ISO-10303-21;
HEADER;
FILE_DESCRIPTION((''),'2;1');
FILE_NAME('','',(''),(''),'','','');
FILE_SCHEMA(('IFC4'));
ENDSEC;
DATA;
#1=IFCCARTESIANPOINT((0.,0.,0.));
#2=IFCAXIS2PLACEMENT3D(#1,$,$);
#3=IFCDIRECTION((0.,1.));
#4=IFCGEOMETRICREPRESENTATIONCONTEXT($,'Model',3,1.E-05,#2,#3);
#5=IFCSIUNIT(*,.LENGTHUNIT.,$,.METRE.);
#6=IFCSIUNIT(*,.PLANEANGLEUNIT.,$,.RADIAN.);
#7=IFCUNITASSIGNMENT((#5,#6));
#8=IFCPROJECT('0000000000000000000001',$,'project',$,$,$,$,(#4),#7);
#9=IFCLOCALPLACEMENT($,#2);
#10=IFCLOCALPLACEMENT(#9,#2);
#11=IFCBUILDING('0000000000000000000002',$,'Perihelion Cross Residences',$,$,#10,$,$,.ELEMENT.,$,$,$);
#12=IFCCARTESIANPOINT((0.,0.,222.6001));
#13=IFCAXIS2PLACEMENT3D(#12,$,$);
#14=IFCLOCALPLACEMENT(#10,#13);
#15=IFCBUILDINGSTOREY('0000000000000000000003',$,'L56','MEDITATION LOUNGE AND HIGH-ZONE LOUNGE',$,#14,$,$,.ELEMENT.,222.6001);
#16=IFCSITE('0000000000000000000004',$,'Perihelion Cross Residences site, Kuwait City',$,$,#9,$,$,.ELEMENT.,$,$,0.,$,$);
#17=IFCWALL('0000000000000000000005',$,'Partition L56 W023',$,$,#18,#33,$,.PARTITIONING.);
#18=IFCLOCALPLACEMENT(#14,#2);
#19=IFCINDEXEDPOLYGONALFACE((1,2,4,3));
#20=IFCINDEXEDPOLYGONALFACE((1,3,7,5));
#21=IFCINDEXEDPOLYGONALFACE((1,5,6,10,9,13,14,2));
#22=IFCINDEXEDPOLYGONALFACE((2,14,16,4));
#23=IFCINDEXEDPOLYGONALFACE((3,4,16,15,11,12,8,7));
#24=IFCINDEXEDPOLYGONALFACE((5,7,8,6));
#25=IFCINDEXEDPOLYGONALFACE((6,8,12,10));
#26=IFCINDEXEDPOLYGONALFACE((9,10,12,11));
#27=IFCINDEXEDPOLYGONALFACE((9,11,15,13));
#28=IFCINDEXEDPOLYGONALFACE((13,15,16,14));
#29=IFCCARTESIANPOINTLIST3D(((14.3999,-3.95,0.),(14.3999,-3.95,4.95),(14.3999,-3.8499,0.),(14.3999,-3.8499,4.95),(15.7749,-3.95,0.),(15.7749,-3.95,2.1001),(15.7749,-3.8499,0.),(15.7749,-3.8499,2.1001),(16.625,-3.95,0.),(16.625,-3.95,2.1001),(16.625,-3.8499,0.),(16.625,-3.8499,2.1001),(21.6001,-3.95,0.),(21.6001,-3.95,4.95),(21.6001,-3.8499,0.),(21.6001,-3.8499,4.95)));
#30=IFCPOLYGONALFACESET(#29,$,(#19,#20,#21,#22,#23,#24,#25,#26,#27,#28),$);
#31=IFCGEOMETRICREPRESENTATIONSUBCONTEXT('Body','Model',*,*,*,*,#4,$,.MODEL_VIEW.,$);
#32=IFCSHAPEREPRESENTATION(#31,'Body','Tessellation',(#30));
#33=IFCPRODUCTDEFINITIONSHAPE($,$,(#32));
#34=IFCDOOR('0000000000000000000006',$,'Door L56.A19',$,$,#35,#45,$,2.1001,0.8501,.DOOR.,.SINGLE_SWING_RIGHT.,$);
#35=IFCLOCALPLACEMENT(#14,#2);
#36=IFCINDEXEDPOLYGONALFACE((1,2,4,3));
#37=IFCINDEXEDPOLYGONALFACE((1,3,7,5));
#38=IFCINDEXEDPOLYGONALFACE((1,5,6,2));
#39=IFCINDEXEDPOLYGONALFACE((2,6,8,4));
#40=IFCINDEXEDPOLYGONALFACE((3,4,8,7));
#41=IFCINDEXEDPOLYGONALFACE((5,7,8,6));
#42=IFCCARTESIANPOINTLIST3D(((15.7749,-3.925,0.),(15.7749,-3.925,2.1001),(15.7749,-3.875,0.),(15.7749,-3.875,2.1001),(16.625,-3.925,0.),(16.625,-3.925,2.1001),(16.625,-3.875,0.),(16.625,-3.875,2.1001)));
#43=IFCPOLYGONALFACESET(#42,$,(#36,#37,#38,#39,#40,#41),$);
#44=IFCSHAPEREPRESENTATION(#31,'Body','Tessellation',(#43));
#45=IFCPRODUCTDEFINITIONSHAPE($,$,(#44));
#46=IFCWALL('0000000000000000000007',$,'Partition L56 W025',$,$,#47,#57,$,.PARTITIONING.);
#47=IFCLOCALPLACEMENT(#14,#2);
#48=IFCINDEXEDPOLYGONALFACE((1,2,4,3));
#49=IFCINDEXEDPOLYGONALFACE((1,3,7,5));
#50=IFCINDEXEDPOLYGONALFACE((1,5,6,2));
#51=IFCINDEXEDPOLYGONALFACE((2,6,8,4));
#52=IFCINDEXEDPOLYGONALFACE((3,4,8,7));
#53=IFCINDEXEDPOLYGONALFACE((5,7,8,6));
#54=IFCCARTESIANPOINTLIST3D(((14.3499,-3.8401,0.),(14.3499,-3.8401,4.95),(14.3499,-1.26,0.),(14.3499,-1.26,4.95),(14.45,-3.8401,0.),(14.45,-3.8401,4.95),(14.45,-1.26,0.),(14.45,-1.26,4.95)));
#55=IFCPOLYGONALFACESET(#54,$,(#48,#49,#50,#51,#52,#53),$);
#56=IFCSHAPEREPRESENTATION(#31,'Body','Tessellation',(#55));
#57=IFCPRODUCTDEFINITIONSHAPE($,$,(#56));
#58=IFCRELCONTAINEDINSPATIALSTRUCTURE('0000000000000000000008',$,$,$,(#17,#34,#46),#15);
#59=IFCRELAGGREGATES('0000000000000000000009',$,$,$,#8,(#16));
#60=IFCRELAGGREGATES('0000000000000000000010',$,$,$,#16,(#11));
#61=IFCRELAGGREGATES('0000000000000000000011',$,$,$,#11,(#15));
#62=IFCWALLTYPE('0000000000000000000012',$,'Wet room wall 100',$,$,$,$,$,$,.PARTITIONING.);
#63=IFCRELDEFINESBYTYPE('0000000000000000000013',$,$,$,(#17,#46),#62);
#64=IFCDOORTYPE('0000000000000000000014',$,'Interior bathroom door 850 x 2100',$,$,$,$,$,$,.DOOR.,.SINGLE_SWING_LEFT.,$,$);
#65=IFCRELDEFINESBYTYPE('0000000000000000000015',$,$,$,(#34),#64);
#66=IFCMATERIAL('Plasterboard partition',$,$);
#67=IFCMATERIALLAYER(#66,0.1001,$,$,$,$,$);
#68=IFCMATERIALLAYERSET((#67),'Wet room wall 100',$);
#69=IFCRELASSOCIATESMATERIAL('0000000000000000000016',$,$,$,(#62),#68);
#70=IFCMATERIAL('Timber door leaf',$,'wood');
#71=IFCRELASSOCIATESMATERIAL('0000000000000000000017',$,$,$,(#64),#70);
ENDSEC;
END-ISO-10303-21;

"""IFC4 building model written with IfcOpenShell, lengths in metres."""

from ifc_helpers import new_model, si_unit, direction, frame, frame_2d, origin, place, context, subcontext, project, spatial, rectangle, extrude, material, layer, layer_set, type_object, element, fill, save


model = new_model("IFC4")

# Units and contexts
model_context = context("Model", 3, precision=1e-05, world=origin(), true_north=direction((0.0, 1.0)))
body_context = subcontext(model_context, "Body", "Model", "MODEL_VIEW")
ifc_project = project(units=[si_unit("LENGTHUNIT", "METRE"), si_unit("PLANEANGLEUNIT", "RADIAN")], contexts=[model_context])

# Site, building, storey
site_placement = place(None, origin())
site = spatial("IfcSite", under=ifc_project, at=site_placement, Name="Perihelion Cross Residences site, Kuwait City", CompositionType="ELEMENT", RefElevation=0.0)
building_placement = place(site_placement, origin())
building = spatial("IfcBuilding", under=site, at=building_placement, Name="Perihelion Cross Residences", CompositionType="ELEMENT")
storey_placement = place(building_placement, frame((0.0, 0.0, 222.6001)))
storey = spatial("IfcBuildingStorey", under=building, at=storey_placement, Name="L56", Description="MEDITATION LOUNGE AND HIGH-ZONE LOUNGE", CompositionType="ELEMENT", Elevation=222.6001)

# Wall, opening, door
ifc_material_1 = material(Name="Plasterboard partition")
ifc_layer_1 = layer(ifc_material_1, 0.1001)
ifc_layer_set_1 = layer_set([ifc_layer_1], Name="Wet room wall 100")
wall_type_1 = type_object("IfcWallType", Name="Wet room wall 100", PredefinedType="PARTITIONING", material=ifc_layer_set_1)
wall_1_placement = place(storey_placement, frame((14.3999, -3.8999, 0.0), z_axis=(0.0, 0.0, 1.0), x_axis=(1.0, 0.0, 0.0)))
wall_1 = element("IfcWall", 1, at=wall_1_placement, inside=storey, type_object=wall_type_1, Name="Partition L56 W023", PredefinedType="PARTITIONING", context=body_context, shape_type="SweptSolid", body=[
    extrude(rectangle(XDim=7.2002, YDim=0.1001, at=frame_2d((3.6001, 0.0))), origin(), (0.0, 0.0, 1.0), 4.95),
])
opening_1_placement = place(wall_1_placement, frame((1.375, 0.0, 0.0)))
opening_1 = element("IfcOpeningElement", 2, at=opening_1_placement, cuts=wall_1, PredefinedType="OPENING", context=body_context, shape_type="SweptSolid", body=[
    extrude(rectangle(XDim=0.8501, YDim=2.1001, at=frame_2d((0.425, 1.05))), frame((0.0, 0.0601, 0.0), z_axis=(0.0, -1.0, 0.0), x_axis=(1.0, 0.0, 0.0)), (0.0, 0.0, 1.0), 0.1201),
])
ifc_material_2 = material(Name="Timber door leaf", Category="wood")
door_type_1 = type_object("IfcDoorType", Name="Interior bathroom door 850 x 2100", OperationType="SINGLE_SWING_LEFT", PredefinedType="DOOR", material=ifc_material_2)
door_1_placement = place(opening_1_placement, origin())
door_1 = element("IfcDoor", 3, at=door_1_placement, inside=storey, type_object=door_type_1, Name="Door L56.A19", OperationType="SINGLE_SWING_RIGHT", OverallHeight=2.1001, OverallWidth=0.8501, PredefinedType="DOOR", context=body_context, shape_type="SweptSolid", body=[
    extrude(rectangle(XDim=0.8501, YDim=2.1001, at=frame_2d((0.425, 1.05))), frame((0.0, 0.0249, 0.0), z_axis=(0.0, -1.0, 0.0), x_axis=(1.0, 0.0, 0.0)), (0.0, 0.0, 1.0), 0.05),
])
fill(opening_1, door_1)

# Wall
wall_2_placement = place(storey_placement, frame((14.3999, -1.26, 0.0), z_axis=(0.0, 0.0, 1.0), x_axis=(0.0, -1.0, 0.0)))
element("IfcWall", 4, at=wall_2_placement, inside=storey, type_object=wall_type_1, Name="Partition L56 W025", PredefinedType="PARTITIONING", context=body_context, shape_type="SweptSolid", body=[
    extrude(rectangle(XDim=2.5801, YDim=0.1001, at=frame_2d((1.29, 0.0))), origin(), (0.0, 0.0, 1.0), 4.95),
])

save(model, "model.ifc")
